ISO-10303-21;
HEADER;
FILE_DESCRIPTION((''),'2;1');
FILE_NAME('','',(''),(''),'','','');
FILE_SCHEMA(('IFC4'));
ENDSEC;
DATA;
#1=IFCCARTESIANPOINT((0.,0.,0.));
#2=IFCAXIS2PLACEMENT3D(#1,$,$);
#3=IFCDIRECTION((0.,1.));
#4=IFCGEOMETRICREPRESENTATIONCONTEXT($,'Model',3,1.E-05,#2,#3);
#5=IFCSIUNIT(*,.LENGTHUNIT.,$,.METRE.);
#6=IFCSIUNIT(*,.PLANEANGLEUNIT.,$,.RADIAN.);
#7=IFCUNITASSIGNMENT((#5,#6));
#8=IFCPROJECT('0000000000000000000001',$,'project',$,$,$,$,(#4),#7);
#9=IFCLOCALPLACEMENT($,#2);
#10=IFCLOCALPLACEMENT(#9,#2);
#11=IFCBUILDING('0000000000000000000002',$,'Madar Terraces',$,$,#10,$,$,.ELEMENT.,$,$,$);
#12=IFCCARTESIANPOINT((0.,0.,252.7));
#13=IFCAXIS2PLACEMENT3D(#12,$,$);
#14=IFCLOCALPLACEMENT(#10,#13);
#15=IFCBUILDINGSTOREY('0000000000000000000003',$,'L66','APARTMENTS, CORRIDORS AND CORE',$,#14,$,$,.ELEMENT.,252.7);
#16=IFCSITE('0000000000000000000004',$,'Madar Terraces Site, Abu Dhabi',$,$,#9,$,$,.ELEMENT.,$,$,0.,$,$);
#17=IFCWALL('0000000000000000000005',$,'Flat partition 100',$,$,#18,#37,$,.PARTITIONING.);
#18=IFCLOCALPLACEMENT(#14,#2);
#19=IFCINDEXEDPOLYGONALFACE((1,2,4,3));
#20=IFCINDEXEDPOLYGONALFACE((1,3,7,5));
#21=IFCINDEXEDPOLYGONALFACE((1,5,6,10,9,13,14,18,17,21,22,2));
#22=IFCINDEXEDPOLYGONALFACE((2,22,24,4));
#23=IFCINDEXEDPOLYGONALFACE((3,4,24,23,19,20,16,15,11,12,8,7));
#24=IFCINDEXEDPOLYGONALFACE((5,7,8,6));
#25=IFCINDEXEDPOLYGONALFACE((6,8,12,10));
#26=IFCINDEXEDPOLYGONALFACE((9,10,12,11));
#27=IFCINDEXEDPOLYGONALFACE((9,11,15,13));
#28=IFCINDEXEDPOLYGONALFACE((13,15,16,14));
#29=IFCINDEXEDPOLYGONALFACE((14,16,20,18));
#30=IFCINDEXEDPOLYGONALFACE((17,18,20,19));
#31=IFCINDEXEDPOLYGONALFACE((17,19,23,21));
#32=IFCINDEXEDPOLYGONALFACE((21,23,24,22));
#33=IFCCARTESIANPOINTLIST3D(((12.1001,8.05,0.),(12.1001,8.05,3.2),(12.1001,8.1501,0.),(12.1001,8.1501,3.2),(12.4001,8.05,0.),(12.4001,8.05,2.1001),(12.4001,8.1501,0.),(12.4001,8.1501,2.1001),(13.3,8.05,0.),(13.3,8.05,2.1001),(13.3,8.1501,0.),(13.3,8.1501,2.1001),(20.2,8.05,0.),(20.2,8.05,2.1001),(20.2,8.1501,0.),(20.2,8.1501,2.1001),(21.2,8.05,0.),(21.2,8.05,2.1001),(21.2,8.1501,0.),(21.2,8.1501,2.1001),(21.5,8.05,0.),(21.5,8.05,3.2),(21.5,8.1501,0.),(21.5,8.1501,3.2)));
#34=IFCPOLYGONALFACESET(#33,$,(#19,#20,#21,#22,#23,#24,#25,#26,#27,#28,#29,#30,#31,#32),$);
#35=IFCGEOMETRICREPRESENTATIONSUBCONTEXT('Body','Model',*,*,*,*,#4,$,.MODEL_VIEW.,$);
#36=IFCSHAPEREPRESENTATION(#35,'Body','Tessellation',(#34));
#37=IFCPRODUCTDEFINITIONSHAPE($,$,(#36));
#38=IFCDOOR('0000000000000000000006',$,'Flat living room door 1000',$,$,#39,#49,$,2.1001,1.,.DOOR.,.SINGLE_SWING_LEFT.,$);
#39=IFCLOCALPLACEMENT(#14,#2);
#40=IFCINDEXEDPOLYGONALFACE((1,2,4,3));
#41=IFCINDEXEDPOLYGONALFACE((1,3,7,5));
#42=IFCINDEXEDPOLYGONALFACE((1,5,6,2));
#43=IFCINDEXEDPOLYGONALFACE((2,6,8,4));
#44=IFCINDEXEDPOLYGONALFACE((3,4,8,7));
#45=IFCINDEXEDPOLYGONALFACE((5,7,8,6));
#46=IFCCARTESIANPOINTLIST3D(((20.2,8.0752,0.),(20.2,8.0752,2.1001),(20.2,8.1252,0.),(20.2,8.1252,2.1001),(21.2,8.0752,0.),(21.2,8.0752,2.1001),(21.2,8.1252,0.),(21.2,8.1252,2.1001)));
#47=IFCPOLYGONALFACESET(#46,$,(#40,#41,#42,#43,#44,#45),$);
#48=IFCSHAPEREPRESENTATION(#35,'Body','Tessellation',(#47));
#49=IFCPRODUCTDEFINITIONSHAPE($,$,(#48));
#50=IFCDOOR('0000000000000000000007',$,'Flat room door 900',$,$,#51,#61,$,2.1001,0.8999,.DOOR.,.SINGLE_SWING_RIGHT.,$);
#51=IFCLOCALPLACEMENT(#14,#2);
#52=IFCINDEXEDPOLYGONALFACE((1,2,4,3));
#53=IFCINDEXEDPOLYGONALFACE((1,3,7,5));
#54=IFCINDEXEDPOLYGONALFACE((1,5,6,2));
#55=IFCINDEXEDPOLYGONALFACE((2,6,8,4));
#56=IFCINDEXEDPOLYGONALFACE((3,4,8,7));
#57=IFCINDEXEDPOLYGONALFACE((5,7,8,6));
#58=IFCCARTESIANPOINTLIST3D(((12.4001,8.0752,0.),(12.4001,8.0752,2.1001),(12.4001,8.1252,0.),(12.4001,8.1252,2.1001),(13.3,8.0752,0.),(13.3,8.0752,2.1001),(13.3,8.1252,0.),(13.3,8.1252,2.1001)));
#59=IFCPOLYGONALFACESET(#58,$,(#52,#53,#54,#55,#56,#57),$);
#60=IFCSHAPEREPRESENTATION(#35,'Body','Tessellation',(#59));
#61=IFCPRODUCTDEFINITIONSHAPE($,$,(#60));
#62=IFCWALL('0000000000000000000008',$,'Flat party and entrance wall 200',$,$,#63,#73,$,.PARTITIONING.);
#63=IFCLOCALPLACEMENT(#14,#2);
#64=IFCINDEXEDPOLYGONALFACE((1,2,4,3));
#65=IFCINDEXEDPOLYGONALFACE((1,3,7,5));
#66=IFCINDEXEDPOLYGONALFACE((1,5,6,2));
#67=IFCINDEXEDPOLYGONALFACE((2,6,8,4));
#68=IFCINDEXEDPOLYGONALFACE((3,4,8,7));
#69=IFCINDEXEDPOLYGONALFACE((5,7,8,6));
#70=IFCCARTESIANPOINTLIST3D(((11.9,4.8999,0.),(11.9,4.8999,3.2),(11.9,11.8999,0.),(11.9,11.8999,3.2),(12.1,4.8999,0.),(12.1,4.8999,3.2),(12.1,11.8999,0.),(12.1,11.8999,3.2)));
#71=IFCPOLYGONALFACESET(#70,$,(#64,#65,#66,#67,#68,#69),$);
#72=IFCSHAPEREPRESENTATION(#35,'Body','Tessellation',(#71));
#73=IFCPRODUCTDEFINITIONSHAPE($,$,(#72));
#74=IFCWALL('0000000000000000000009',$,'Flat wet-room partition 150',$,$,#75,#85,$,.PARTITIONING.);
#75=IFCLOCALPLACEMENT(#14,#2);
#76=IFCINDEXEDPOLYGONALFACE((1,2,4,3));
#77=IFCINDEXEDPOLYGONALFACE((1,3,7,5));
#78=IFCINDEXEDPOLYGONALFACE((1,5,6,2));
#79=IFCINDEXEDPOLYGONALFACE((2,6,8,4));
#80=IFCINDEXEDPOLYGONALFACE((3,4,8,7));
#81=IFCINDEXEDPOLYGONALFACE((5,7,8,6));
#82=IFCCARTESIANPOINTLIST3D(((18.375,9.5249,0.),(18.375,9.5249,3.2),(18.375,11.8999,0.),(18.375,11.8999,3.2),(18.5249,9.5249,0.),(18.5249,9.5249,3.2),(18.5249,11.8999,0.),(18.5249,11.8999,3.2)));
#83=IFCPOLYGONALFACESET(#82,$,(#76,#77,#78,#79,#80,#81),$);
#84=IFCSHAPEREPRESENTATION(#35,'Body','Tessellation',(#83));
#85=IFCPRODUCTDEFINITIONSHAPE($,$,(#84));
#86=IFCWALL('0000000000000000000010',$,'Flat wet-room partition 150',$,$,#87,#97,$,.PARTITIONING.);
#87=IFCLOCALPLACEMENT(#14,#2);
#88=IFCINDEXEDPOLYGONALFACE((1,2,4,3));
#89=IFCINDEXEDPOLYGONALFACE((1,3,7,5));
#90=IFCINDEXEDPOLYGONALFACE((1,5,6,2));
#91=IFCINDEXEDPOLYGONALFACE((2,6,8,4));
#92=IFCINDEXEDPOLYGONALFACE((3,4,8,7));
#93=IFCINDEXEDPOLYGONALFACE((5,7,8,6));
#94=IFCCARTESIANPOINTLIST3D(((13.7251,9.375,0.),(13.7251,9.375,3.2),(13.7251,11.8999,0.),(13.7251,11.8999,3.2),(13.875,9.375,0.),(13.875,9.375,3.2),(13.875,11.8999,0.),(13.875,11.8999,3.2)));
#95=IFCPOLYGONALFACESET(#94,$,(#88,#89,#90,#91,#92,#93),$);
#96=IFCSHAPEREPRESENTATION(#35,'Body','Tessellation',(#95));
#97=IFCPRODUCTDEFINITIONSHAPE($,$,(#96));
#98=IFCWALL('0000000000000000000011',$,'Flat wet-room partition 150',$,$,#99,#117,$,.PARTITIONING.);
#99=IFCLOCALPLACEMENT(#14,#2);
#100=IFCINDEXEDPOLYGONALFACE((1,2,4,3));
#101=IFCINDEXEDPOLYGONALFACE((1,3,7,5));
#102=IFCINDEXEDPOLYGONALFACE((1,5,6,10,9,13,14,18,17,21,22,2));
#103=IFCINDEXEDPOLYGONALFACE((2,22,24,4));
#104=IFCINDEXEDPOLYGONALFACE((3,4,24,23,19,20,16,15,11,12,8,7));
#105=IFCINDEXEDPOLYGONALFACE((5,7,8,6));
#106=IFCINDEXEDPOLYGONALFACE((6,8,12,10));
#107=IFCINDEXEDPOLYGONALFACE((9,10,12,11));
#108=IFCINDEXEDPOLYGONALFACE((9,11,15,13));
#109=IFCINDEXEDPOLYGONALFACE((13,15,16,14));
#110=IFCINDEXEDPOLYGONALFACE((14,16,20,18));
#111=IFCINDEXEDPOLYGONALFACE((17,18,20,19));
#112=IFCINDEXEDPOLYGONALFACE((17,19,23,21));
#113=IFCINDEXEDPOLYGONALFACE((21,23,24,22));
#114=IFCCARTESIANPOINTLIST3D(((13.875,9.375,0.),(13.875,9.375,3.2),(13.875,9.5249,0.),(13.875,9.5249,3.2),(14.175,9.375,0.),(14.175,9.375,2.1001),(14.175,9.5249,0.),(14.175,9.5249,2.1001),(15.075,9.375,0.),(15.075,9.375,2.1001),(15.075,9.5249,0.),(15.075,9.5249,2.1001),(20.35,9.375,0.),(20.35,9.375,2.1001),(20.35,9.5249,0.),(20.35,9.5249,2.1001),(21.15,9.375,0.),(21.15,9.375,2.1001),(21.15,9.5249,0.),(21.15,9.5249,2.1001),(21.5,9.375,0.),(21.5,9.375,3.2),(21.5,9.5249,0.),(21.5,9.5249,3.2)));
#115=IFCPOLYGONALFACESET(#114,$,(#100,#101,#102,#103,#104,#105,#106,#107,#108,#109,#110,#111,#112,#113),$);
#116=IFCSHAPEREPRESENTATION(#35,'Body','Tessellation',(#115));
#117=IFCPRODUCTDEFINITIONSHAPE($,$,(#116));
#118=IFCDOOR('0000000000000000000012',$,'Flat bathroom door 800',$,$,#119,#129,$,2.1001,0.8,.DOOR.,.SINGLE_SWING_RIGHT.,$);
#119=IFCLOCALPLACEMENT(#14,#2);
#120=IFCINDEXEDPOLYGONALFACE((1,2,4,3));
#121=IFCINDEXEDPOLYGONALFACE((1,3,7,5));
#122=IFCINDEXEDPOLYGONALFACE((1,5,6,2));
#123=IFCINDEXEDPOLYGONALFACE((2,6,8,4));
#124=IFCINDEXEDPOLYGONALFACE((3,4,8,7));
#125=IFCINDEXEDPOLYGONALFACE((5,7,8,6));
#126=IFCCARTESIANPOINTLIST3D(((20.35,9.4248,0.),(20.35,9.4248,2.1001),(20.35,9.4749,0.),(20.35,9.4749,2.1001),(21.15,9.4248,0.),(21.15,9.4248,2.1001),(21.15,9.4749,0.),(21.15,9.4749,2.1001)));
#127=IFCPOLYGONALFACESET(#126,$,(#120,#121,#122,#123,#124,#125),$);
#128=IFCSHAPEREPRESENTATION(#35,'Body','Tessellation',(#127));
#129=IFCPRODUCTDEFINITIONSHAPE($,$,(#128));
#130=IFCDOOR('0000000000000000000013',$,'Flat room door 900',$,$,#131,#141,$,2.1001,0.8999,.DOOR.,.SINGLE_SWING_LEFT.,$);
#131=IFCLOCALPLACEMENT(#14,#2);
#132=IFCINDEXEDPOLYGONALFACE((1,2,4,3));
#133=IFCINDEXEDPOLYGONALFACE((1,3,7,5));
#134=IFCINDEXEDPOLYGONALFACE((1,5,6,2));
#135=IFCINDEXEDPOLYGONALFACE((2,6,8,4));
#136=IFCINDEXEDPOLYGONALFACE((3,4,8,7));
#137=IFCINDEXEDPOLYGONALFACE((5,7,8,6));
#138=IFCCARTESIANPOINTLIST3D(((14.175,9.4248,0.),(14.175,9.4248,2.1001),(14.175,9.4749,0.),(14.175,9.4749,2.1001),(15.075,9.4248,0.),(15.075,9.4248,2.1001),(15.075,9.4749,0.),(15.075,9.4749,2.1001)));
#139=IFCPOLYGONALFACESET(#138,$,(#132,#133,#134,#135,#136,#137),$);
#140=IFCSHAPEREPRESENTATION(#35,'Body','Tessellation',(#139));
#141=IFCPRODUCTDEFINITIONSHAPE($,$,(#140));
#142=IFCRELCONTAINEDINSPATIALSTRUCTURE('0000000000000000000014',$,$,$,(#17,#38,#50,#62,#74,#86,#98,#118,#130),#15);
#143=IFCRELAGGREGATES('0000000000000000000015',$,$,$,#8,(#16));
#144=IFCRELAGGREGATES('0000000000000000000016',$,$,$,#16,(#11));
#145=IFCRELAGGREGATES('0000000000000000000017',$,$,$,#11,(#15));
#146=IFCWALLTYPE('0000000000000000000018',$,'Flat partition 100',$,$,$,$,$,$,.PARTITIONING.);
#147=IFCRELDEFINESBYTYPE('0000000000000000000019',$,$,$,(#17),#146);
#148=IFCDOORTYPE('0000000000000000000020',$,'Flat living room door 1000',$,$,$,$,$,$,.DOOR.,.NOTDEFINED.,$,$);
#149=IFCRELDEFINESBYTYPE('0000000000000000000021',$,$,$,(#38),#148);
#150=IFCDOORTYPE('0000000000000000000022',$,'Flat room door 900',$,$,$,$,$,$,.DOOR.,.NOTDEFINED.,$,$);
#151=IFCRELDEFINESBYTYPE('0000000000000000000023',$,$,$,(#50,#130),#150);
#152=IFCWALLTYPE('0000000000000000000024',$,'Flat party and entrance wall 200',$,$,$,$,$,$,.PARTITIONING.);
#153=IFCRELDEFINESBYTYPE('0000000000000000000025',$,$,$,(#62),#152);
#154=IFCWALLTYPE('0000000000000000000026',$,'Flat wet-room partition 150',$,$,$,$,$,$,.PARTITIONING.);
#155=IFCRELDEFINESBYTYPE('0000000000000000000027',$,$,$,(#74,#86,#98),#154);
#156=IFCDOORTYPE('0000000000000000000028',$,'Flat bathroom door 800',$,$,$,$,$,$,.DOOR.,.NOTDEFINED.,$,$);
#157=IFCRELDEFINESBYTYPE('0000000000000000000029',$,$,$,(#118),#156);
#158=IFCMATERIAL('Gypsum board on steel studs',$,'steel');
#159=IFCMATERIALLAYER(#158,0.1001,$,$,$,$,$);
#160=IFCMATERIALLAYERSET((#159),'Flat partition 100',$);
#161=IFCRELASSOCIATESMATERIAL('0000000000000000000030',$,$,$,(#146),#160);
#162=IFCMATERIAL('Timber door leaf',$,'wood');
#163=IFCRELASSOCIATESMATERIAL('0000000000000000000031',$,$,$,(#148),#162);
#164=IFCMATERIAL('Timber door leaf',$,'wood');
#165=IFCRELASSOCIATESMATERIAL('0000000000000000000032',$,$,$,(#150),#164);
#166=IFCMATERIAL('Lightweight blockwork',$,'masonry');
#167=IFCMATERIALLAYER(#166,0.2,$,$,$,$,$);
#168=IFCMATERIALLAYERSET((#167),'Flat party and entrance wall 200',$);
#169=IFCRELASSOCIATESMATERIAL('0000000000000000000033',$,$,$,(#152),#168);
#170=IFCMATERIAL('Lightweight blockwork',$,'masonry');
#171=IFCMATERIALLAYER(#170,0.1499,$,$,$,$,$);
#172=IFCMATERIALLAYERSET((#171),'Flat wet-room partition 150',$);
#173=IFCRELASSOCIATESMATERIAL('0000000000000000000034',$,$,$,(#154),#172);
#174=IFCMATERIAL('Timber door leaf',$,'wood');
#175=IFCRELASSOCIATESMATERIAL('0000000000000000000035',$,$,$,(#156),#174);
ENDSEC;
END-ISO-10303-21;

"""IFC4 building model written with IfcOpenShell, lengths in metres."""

from ifc_helpers import new_model, si_unit, direction, frame, frame_2d, origin, place, context, subcontext, project, spatial, rectangle, extrude, material, layer, layer_set, type_object, element, fill, save


model = new_model("IFC4")

# Units and contexts
model_context = context("Model", 3, precision=1e-05, world=origin(), true_north=direction((0.0, 1.0)))
body_context = subcontext(model_context, "Body", "Model", "MODEL_VIEW")
ifc_project = project(units=[si_unit("LENGTHUNIT", "METRE"), si_unit("PLANEANGLEUNIT", "RADIAN")], contexts=[model_context])

# Site, building, storey
site_placement = place(None, origin())
site = spatial("IfcSite", under=ifc_project, at=site_placement, Name="Madar Terraces Site, Abu Dhabi", CompositionType="ELEMENT", RefElevation=0.0)
building_placement = place(site_placement, origin())
building = spatial("IfcBuilding", under=site, at=building_placement, Name="Madar Terraces", CompositionType="ELEMENT")
storey_placement = place(building_placement, frame((0.0, 0.0, 252.7)))
storey = spatial("IfcBuildingStorey", under=building, at=storey_placement, Name="L66", Description="APARTMENTS, CORRIDORS AND CORE", CompositionType="ELEMENT", Elevation=252.7)

# Shared definitions
ifc_material_1 = material(Name="Gypsum board on steel studs", Category="steel")
ifc_layer_1 = layer(ifc_material_1, 0.1001)
ifc_layer_set_1 = layer_set([ifc_layer_1], Name="Flat partition 100")
wall_type_1 = type_object("IfcWallType", Name="Flat partition 100", PredefinedType="PARTITIONING", material=ifc_layer_set_1)

# Wall, openings, doors
wall_1_placement = place(storey_placement, frame((21.5, 8.1001, 0.0), z_axis=(0.0, 0.0, 1.0), x_axis=(-1.0, 0.0, 0.0)))
wall_1 = element("IfcWall", 1, at=wall_1_placement, inside=storey, type_object=wall_type_1, Name="Flat partition 100", PredefinedType="PARTITIONING", context=body_context, shape_type="SweptSolid", body=[
    extrude(rectangle(XDim=9.3999, YDim=0.1001, at=frame_2d((4.7, 0.0))), origin(), (0.0, 0.0, 1.0), 3.2),
])
opening_1_placement = place(wall_1_placement, frame((8.2, 0.0, 0.0)))
opening_1 = element("IfcOpeningElement", 2, at=opening_1_placement, cuts=wall_1, PredefinedType="OPENING", context=body_context, shape_type="SweptSolid", body=[
    extrude(rectangle(XDim=0.8999, YDim=2.1001, at=frame_2d((0.45, 1.05))), frame((0.0, 0.0601, 0.0), z_axis=(0.0, -1.0, 0.0), x_axis=(1.0, 0.0, 0.0)), (0.0, 0.0, 1.0), 0.1201),
])
opening_2_placement = place(wall_1_placement, frame((0.3, 0.0, 0.0)))
opening_2 = element("IfcOpeningElement", 3, at=opening_2_placement, cuts=wall_1, PredefinedType="OPENING", context=body_context, shape_type="SweptSolid", body=[
    extrude(rectangle(XDim=1.0, YDim=2.1001, at=frame_2d((0.5, 1.05))), frame((0.0, 0.0601, 0.0), z_axis=(0.0, -1.0, 0.0), x_axis=(1.0, 0.0, 0.0)), (0.0, 0.0, 1.0), 0.1201),
])
ifc_material_2 = material(Name="Timber door leaf", Category="wood")
door_type_1 = type_object("IfcDoorType", Name="Flat living room door 1000", OperationType="NOTDEFINED", PredefinedType="DOOR", material=ifc_material_2)
door_1_placement = place(opening_2_placement, origin())
door_1 = element("IfcDoor", 4, at=door_1_placement, inside=storey, type_object=door_type_1, Name="Flat living room door 1000", OperationType="SINGLE_SWING_LEFT", OverallHeight=2.1001, OverallWidth=1.0, PredefinedType="DOOR", context=body_context, shape_type="SweptSolid", body=[
    extrude(rectangle(XDim=1.0, YDim=2.1001, at=frame_2d((0.5, 1.05))), frame((0.0, 0.0249, 0.0), z_axis=(0.0, -1.0, 0.0), x_axis=(1.0, 0.0, 0.0)), (0.0, 0.0, 1.0), 0.05),
])
fill(opening_2, door_1)
ifc_material_3 = material(Name="Timber door leaf", Category="wood")
door_type_2 = type_object("IfcDoorType", Name="Flat room door 900", OperationType="NOTDEFINED", PredefinedType="DOOR", material=ifc_material_3)
door_2_placement = place(opening_1_placement, origin())
door_2 = element("IfcDoor", 5, at=door_2_placement, inside=storey, type_object=door_type_2, Name="Flat room door 900", OperationType="SINGLE_SWING_RIGHT", OverallHeight=2.1001, OverallWidth=0.8999, PredefinedType="DOOR", context=body_context, shape_type="SweptSolid", body=[
    extrude(rectangle(XDim=0.8999, YDim=2.1001, at=frame_2d((0.45, 1.05))), frame((0.0, 0.0249, 0.0), z_axis=(0.0, -1.0, 0.0), x_axis=(1.0, 0.0, 0.0)), (0.0, 0.0, 1.0), 0.05),
])
fill(opening_1, door_2)

# Walls
ifc_material_4 = material(Name="Lightweight blockwork", Category="masonry")
ifc_layer_2 = layer(ifc_material_4, 0.2)
ifc_layer_set_2 = layer_set([ifc_layer_2], Name="Flat party and entrance wall 200")
wall_type_2 = type_object("IfcWallType", Name="Flat party and entrance wall 200", PredefinedType="PARTITIONING", material=ifc_layer_set_2)
wall_2_placement = place(storey_placement, frame((12.0, 4.8999, 0.0), z_axis=(0.0, 0.0, 1.0), x_axis=(0.0, 1.0, 0.0)))
element("IfcWall", 6, at=wall_2_placement, inside=storey, type_object=wall_type_2, Name="Flat party and entrance wall 200", PredefinedType="PARTITIONING", context=body_context, shape_type="SweptSolid", body=[
    extrude(rectangle(XDim=7.0, YDim=0.2, at=frame_2d((3.5, 0.0))), origin(), (0.0, 0.0, 1.0), 3.2),
])
ifc_material_5 = material(Name="Lightweight blockwork", Category="masonry")
ifc_layer_3 = layer(ifc_material_5, 0.1499)
ifc_layer_set_3 = layer_set([ifc_layer_3], Name="Flat wet-room partition 150")
wall_type_3 = type_object("IfcWallType", Name="Flat wet-room partition 150", PredefinedType="PARTITIONING", material=ifc_layer_set_3)
wall_3_placement = place(storey_placement, frame((18.45, 11.8999, 0.0), z_axis=(0.0, 0.0, 1.0), x_axis=(0.0, -1.0, 0.0)))
element("IfcWall", 7, at=wall_3_placement, inside=storey, type_object=wall_type_3, Name="Flat wet-room partition 150", PredefinedType="PARTITIONING", context=body_context, shape_type="SweptSolid", body=[
    extrude(rectangle(XDim=2.375, YDim=0.1499, at=frame_2d((1.1875, 0.0))), origin(), (0.0, 0.0, 1.0), 3.2),
])
wall_4_placement = place(storey_placement, frame((13.8, 11.8999, 0.0), z_axis=(0.0, 0.0, 1.0), x_axis=(0.0, -1.0, 0.0)))
element("IfcWall", 8, at=wall_4_placement, inside=storey, type_object=wall_type_3, Name="Flat wet-room partition 150", PredefinedType="PARTITIONING", context=body_context, shape_type="SweptSolid", body=[
    extrude(rectangle(XDim=2.5249, YDim=0.1499, at=frame_2d((1.2625, 0.0))), origin(), (0.0, 0.0, 1.0), 3.2),
])

# Wall, openings, doors
wall_5_placement = place(storey_placement, frame((13.875, 9.45, 0.0), z_axis=(0.0, 0.0, 1.0), x_axis=(1.0, 0.0, 0.0)))
wall_5 = element("IfcWall", 9, at=wall_5_placement, inside=storey, type_object=wall_type_3, Name="Flat wet-room partition 150", PredefinedType="PARTITIONING", context=body_context, shape_type="SweptSolid", body=[
    extrude(rectangle(XDim=7.625, YDim=0.1499, at=frame_2d((3.8125, 0.0))), origin(), (0.0, 0.0, 1.0), 3.2),
])
opening_3_placement = place(wall_5_placement, frame((0.3, 0.0, 0.0)))
opening_3 = element("IfcOpeningElement", 10, at=opening_3_placement, cuts=wall_5, PredefinedType="OPENING", context=body_context, shape_type="SweptSolid", body=[
    extrude(rectangle(XDim=0.8999, YDim=2.1001, at=frame_2d((0.45, 1.05))), frame((0.0, 0.085, 0.0), z_axis=(0.0, -1.0, 0.0), x_axis=(1.0, 0.0, 0.0)), (0.0, 0.0, 1.0), 0.1699),
])
opening_4_placement = place(wall_5_placement, frame((6.4751, 0.0, 0.0)))
opening_4 = element("IfcOpeningElement", 11, at=opening_4_placement, cuts=wall_5, PredefinedType="OPENING", context=body_context, shape_type="SweptSolid", body=[
    extrude(rectangle(XDim=0.8, YDim=2.1001, at=frame_2d((0.3999, 1.05))), frame((0.0, 0.085, 0.0), z_axis=(0.0, -1.0, 0.0), x_axis=(1.0, 0.0, 0.0)), (0.0, 0.0, 1.0), 0.1699),
])
ifc_material_6 = material(Name="Timber door leaf", Category="wood")
door_type_3 = type_object("IfcDoorType", Name="Flat bathroom door 800", OperationType="NOTDEFINED", PredefinedType="DOOR", material=ifc_material_6)
door_3_placement = place(opening_4_placement, origin())
door_3 = element("IfcDoor", 12, at=door_3_placement, inside=storey, type_object=door_type_3, Name="Flat bathroom door 800", OperationType="SINGLE_SWING_RIGHT", OverallHeight=2.1001, OverallWidth=0.8, PredefinedType="DOOR", context=body_context, shape_type="SweptSolid", body=[
    extrude(rectangle(XDim=0.8, YDim=2.1001, at=frame_2d((0.3999, 1.05))), frame((0.0, 0.0249, 0.0), z_axis=(0.0, -1.0, 0.0), x_axis=(1.0, 0.0, 0.0)), (0.0, 0.0, 1.0), 0.05),
])
fill(opening_4, door_3)
door_4_placement = place(opening_3_placement, origin())
door_4 = element("IfcDoor", 13, at=door_4_placement, inside=storey, type_object=door_type_2, Name="Flat room door 900", OperationType="SINGLE_SWING_LEFT", OverallHeight=2.1001, OverallWidth=0.8999, PredefinedType="DOOR", context=body_context, shape_type="SweptSolid", body=[
    extrude(rectangle(XDim=0.8999, YDim=2.1001, at=frame_2d((0.45, 1.05))), frame((0.0, 0.0249, 0.0), z_axis=(0.0, -1.0, 0.0), x_axis=(1.0, 0.0, 0.0)), (0.0, 0.0, 1.0), 0.05),
])
fill(opening_3, door_4)

save(model, "model.ifc")
